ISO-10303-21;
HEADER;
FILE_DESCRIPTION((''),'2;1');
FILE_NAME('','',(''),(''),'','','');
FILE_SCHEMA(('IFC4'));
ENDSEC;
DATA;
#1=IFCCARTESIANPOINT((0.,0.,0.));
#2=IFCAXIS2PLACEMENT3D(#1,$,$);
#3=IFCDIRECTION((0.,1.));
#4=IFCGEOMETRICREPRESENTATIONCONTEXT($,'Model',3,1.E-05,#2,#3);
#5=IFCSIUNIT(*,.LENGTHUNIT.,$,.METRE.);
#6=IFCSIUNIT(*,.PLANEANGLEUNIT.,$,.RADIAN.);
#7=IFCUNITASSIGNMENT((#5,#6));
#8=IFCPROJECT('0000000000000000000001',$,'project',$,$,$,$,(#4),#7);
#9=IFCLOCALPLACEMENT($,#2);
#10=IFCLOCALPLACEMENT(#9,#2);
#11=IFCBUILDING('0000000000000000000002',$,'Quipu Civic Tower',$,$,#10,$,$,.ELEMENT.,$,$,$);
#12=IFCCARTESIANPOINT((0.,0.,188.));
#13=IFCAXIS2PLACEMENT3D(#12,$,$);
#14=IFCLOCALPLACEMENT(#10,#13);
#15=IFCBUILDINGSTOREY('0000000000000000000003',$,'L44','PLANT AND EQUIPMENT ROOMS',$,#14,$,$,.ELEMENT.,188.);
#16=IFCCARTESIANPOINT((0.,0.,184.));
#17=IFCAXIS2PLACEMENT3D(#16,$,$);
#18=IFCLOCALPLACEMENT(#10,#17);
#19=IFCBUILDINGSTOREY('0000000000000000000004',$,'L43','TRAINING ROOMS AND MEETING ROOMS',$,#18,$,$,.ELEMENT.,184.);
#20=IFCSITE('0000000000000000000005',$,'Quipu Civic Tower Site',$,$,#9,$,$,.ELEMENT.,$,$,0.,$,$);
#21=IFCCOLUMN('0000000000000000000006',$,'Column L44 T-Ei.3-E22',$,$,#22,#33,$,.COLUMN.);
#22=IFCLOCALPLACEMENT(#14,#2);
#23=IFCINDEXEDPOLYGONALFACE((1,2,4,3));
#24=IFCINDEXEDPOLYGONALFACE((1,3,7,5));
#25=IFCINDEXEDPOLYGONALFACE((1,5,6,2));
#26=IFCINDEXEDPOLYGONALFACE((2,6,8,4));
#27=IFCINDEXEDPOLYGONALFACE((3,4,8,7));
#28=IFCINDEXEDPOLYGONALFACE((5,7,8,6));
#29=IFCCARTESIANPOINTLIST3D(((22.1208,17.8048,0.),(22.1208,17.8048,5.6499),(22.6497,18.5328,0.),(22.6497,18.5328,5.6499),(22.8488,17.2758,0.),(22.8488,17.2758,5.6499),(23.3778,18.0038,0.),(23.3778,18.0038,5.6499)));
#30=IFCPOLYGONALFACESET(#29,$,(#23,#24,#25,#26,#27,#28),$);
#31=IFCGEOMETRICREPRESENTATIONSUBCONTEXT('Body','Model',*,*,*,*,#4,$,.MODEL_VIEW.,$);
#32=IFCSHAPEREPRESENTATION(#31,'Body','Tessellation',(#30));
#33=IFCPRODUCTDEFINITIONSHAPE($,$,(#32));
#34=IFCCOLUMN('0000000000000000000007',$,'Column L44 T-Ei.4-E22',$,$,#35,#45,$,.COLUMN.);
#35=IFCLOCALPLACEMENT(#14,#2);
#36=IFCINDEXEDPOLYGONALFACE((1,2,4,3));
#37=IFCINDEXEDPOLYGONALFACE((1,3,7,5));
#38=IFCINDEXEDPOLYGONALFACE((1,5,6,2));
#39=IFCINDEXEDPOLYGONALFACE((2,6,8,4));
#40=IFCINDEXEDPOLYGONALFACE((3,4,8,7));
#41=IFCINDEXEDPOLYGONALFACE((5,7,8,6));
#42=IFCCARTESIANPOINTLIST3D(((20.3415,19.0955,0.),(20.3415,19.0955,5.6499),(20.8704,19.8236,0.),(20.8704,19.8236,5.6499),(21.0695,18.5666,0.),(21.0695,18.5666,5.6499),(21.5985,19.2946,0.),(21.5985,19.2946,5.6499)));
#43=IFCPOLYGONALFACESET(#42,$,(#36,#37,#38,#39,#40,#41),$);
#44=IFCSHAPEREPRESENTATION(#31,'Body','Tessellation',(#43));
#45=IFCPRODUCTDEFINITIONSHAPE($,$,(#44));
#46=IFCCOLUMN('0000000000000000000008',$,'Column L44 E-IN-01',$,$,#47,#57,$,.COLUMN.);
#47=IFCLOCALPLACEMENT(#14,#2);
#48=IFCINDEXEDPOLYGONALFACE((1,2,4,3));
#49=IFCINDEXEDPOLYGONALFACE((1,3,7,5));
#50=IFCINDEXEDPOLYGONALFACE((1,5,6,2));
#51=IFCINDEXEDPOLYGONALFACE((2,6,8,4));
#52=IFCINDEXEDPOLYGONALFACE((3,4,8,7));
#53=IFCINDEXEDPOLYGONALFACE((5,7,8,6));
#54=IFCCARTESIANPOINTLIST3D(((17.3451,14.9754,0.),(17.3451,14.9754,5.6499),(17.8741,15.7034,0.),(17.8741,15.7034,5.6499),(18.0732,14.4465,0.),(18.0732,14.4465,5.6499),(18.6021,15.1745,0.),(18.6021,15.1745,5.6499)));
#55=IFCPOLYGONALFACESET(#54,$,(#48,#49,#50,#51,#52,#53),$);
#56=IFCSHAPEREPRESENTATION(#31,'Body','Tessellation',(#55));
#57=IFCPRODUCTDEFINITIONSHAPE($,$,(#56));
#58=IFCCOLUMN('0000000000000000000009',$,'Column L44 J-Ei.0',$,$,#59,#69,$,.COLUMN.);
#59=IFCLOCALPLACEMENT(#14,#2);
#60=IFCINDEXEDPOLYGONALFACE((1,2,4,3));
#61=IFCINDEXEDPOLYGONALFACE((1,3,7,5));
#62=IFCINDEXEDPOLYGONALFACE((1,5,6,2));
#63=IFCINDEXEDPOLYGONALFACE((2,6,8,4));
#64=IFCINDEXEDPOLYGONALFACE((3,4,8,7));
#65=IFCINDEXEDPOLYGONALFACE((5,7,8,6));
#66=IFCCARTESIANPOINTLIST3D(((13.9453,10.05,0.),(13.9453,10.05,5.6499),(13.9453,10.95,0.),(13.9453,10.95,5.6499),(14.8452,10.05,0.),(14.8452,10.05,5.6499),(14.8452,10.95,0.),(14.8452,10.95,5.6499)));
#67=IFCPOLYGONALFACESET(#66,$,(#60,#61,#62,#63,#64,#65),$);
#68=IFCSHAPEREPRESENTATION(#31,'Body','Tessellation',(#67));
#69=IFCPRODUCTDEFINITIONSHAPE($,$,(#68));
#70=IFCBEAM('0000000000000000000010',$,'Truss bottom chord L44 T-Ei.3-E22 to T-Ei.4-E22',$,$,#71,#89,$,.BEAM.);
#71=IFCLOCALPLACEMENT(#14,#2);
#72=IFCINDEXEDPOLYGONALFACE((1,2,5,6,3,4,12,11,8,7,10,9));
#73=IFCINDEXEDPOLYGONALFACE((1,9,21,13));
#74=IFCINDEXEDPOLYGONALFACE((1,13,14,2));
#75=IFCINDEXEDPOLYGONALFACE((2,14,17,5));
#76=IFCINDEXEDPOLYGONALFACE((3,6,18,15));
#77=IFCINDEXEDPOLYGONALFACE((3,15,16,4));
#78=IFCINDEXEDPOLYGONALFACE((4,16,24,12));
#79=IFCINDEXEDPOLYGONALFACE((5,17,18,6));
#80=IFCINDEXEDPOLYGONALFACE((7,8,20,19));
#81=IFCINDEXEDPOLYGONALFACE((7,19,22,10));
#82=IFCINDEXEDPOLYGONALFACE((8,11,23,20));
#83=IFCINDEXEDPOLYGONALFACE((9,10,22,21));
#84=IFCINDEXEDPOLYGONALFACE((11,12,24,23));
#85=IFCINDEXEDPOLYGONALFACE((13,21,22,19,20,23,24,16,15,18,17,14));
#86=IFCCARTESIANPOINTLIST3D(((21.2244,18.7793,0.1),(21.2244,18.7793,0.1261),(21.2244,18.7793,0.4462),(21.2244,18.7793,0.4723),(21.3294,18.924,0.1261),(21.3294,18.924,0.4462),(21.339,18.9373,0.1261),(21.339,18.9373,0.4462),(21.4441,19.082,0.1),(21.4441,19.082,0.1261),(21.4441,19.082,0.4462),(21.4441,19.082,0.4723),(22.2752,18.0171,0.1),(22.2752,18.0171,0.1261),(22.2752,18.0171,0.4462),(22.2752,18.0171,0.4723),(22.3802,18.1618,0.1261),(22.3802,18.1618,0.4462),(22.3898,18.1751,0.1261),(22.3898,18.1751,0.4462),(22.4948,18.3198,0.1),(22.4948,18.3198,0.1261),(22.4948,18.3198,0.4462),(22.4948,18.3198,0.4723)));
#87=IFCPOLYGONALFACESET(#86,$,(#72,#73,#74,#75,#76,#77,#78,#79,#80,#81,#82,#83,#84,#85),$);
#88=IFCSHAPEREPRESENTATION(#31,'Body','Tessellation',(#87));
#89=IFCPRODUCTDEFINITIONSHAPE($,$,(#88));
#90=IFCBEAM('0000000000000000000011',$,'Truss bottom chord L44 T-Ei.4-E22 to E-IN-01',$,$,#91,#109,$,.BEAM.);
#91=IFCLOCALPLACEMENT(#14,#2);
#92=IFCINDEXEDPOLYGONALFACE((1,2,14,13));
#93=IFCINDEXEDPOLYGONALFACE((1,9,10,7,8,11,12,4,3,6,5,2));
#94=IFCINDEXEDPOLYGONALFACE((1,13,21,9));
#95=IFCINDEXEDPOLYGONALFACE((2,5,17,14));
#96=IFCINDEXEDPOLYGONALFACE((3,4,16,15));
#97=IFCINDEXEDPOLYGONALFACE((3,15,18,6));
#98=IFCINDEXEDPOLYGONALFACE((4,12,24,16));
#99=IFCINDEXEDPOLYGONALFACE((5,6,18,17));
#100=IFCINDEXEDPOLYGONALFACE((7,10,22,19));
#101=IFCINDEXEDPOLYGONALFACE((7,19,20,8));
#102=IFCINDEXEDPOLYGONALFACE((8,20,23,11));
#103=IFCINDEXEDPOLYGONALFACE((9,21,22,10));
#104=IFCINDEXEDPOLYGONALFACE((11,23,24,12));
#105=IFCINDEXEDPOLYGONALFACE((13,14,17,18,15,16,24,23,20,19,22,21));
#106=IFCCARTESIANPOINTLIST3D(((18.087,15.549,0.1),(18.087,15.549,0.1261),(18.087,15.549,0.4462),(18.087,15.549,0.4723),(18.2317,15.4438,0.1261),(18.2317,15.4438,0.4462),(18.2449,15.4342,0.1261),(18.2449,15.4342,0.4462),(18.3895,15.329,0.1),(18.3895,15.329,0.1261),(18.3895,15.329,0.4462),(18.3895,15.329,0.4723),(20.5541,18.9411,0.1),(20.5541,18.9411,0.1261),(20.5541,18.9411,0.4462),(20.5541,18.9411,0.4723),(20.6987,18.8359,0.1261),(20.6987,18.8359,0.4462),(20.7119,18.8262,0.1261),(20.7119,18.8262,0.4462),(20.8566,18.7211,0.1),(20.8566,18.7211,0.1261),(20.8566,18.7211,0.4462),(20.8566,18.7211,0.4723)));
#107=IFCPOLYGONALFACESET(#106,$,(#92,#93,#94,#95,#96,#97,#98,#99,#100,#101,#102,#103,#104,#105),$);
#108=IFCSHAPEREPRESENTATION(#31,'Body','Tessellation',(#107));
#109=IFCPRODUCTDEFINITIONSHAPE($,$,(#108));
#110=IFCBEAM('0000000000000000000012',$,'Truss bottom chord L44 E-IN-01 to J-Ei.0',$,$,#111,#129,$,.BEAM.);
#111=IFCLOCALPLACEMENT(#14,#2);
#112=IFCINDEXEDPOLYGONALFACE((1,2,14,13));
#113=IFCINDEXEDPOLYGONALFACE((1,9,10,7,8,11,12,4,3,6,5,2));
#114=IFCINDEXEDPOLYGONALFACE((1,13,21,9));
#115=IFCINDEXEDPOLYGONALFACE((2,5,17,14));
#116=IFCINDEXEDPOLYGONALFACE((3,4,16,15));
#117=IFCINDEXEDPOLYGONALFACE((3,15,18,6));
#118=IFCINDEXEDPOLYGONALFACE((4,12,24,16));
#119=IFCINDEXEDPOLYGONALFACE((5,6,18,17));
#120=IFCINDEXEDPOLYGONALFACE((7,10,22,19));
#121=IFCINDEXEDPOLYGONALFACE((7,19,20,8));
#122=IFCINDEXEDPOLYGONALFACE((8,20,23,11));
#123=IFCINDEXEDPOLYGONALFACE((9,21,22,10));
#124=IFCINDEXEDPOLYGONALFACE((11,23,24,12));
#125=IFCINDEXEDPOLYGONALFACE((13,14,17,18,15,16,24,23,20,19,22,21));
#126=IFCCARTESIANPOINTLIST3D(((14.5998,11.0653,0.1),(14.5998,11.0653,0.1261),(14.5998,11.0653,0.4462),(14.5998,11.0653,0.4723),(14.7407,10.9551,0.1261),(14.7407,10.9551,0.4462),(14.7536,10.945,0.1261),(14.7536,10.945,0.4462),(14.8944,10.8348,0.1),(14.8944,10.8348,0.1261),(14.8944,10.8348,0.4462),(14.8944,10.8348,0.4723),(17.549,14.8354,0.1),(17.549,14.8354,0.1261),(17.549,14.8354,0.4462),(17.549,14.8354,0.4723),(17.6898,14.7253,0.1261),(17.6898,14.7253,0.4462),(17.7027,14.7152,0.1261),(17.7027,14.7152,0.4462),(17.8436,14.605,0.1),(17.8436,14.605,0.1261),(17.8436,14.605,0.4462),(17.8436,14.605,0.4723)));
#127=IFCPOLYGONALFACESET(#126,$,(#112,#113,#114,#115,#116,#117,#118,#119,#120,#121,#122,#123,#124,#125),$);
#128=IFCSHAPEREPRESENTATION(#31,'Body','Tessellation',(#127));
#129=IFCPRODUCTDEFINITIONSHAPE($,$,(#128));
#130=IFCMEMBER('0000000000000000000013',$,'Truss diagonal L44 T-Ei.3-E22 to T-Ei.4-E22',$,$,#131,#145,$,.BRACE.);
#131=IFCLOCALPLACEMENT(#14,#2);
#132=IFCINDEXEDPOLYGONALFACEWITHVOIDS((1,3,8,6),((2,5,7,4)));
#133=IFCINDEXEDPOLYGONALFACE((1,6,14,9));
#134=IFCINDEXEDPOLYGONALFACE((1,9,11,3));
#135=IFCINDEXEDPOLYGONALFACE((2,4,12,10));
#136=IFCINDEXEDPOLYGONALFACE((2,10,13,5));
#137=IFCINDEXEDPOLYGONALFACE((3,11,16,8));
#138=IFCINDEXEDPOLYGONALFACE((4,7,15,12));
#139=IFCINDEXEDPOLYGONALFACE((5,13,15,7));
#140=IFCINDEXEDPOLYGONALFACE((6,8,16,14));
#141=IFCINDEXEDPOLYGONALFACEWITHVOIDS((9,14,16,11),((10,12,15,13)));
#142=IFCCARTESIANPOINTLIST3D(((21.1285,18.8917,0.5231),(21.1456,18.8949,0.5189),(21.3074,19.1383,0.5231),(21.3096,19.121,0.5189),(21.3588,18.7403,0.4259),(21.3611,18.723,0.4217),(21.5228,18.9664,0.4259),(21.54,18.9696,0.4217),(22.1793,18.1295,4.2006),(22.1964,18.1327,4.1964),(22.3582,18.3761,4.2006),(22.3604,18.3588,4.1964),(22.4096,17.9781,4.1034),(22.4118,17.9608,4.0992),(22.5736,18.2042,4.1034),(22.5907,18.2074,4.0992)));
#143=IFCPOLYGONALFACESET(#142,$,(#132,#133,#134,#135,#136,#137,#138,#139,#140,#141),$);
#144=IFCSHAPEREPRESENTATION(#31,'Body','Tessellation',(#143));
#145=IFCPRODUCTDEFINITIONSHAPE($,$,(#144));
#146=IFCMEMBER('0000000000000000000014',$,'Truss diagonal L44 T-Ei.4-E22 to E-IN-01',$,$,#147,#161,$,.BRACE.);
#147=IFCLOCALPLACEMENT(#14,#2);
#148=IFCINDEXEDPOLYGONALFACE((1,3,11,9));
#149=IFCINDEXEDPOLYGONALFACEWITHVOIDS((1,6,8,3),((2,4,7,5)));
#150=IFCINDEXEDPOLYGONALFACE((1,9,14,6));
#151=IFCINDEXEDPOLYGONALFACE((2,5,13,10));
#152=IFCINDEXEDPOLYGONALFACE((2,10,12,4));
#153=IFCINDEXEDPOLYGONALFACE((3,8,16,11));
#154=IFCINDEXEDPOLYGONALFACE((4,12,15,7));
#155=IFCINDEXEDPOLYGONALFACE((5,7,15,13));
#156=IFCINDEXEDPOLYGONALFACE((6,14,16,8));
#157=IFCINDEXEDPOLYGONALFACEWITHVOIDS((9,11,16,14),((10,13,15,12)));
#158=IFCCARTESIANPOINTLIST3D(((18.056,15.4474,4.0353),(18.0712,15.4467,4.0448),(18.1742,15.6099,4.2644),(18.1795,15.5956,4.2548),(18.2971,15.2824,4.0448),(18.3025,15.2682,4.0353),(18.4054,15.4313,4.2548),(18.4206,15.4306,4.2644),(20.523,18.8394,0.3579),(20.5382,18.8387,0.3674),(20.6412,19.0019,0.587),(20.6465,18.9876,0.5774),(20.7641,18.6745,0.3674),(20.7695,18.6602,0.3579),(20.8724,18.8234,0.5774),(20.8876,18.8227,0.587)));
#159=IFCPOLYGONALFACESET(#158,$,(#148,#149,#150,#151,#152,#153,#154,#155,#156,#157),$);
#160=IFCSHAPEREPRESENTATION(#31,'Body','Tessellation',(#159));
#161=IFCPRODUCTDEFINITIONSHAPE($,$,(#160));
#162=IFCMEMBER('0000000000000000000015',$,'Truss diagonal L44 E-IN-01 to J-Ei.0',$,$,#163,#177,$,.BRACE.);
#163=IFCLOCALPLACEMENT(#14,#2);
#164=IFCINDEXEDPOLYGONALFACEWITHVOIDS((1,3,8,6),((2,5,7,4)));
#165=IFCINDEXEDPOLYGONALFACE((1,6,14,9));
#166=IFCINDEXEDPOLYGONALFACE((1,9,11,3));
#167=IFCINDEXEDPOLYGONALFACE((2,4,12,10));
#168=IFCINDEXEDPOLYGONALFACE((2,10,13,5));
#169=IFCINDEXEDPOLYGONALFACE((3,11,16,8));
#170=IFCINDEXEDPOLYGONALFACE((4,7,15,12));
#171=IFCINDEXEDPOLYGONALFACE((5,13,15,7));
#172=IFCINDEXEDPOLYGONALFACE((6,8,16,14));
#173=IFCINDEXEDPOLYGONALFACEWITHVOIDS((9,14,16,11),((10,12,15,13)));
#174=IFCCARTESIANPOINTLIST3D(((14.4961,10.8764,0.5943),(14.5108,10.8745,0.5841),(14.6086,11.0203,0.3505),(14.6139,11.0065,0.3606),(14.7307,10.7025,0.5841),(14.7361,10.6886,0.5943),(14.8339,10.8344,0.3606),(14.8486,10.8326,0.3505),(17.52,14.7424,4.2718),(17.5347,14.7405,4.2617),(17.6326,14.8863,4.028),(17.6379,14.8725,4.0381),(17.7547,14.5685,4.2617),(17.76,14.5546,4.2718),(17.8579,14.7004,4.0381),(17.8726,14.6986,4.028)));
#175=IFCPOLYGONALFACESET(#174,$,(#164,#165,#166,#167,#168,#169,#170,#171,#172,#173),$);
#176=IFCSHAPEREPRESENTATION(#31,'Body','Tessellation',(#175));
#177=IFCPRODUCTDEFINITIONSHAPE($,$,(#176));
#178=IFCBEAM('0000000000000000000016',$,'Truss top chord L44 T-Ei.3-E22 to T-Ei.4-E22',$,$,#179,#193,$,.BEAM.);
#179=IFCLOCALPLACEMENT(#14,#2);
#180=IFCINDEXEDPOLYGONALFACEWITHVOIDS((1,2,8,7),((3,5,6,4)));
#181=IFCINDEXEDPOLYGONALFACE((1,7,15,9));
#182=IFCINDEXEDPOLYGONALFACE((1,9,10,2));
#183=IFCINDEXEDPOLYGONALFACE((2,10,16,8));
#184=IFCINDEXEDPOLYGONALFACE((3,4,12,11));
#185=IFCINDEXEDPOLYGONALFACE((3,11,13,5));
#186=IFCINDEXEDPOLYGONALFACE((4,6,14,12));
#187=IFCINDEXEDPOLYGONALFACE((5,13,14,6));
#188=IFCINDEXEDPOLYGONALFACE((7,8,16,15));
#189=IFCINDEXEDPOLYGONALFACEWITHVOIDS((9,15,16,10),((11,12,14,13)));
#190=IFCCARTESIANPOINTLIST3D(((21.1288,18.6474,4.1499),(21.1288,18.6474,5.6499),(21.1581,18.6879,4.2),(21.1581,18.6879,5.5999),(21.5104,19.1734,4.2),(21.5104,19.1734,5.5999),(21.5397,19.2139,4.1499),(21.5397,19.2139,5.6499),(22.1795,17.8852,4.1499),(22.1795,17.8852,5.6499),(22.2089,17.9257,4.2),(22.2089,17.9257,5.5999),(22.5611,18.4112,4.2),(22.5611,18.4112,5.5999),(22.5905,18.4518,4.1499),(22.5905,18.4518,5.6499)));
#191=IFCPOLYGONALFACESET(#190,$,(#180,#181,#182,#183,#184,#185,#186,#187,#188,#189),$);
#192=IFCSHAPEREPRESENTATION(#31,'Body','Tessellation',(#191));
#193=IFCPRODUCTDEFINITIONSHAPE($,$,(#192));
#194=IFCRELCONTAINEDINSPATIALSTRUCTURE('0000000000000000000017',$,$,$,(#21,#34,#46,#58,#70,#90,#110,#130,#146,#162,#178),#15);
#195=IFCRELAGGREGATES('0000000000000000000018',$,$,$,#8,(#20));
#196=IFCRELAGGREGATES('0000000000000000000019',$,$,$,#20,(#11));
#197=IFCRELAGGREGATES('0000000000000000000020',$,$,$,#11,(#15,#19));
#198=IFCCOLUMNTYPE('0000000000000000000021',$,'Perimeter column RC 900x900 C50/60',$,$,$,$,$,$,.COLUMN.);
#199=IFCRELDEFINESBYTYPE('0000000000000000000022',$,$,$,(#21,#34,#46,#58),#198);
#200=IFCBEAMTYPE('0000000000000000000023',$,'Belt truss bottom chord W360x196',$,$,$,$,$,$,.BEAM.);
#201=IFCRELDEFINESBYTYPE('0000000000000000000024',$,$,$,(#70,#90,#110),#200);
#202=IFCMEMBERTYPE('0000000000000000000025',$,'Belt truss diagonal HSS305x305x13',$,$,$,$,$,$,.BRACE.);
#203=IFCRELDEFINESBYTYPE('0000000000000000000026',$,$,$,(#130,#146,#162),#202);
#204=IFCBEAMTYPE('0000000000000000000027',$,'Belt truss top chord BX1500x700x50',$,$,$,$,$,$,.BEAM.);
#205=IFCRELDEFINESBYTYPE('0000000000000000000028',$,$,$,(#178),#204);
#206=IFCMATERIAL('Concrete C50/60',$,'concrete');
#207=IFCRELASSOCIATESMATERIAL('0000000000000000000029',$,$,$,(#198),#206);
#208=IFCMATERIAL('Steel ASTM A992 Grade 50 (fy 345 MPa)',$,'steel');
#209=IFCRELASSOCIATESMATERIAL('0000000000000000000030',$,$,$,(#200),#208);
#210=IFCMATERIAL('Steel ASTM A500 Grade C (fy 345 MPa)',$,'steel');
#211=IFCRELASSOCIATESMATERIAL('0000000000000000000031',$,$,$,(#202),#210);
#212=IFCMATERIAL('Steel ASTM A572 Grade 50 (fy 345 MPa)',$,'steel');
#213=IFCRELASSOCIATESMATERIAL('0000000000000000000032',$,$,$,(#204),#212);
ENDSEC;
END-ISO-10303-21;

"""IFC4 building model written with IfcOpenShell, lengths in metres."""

from ifc_helpers import new_model, si_unit, direction, frame, origin, origin_2d, place, context, subcontext, project, spatial, rectangle, hollow_rectangle, i_section, extrude, material, material_profile, profile_set, type_object, element, save


model = new_model("IFC4")

# Units and contexts
model_context = context("Model", 3, precision=1e-05, world=origin(), true_north=direction((0.0, 1.0)))
body_context = subcontext(model_context, "Body", "Model", "MODEL_VIEW")
ifc_project = project(units=[si_unit("LENGTHUNIT", "METRE"), si_unit("PLANEANGLEUNIT", "RADIAN")], contexts=[model_context])

# Site, building, storey
site_placement = place(None, origin())
site = spatial("IfcSite", under=ifc_project, at=site_placement, Name="Quipu Civic Tower Site", CompositionType="ELEMENT", RefElevation=0.0)
building_placement = place(site_placement, origin())
building = spatial("IfcBuilding", under=site, at=building_placement, Name="Quipu Civic Tower", CompositionType="ELEMENT")
storey_1_placement = place(building_placement, frame((0.0, 0.0, 188.0)))
storey_1 = spatial("IfcBuildingStorey", under=building, at=storey_1_placement, Name="L44", Description="PLANT AND EQUIPMENT ROOMS", CompositionType="ELEMENT", Elevation=188.0)

# Columns
ifc_material_1 = material(Name="Concrete C50/60", Category="concrete")
ifc_material_profile_1 = material_profile(ifc_material_1, rectangle(XDim=0.8999, YDim=0.8999, at=origin_2d()), Name="RC900x900")
ifc_profile_set_1 = profile_set([ifc_material_profile_1], Name="Concrete C50/60")
column_type = type_object("IfcColumnType", Name="Perimeter column RC 900x900 C50/60", PredefinedType="COLUMN", material=ifc_profile_set_1)
for number, where, z_axis, x_axis, name in (
    (1, (22.7493, 17.9043, 0.0), (0.0, 0.0, 1.0), (-0.587785, -0.809017, 0.0), "Column L44 T-Ei.3-E22"),
    (2, (20.97, 19.1951, 0.0), (0.0, 0.0, 1.0), (-0.587785, -0.809017, 0.0), "Column L44 T-Ei.4-E22"),
    (3, (17.9736, 15.075, 0.0), (0.0, 0.0, 1.0), (-0.587785, -0.809017, 0.0), "Column L44 E-IN-01"),
    (4, (14.3953, 10.5, 0.0), (0.0, 0.0, 1.0), (-1.0, 0.0, 0.0), "Column L44 J-Ei.0"),
):
    element("IfcColumn", number, at=place(storey_1_placement, frame(where, z_axis=z_axis, x_axis=x_axis)), inside=storey_1, type_object=column_type, Name=name, PredefinedType="COLUMN", context=body_context, shape_type="SweptSolid", body=[
        extrude(rectangle(XDim=0.8999, YDim=0.8999, at=origin_2d()), origin(), (0.0, 0.0, 1.0), 5.6499),
    ])

# Beams
ifc_material_2 = material(Name="Steel ASTM A992 Grade 50 (fy 345 MPa)", Category="steel")
ifc_material_profile_2 = material_profile(ifc_material_2, i_section(OverallWidth=0.374, OverallDepth=0.3723, WebThickness=0.0164, FlangeThickness=0.0261, at=origin_2d()), Name="W360x196")
ifc_profile_set_2 = profile_set([ifc_material_profile_2], Name="Steel ASTM A992 Grade 50 (fy 345 MPa)")
beam_type_1 = type_object("IfcBeamType", Name="Belt truss bottom chord W360x196", PredefinedType="BEAM", material=ifc_profile_set_2)
beam_1_placement = place(storey_1_placement, frame((22.385, 18.1685, 0.2861), z_axis=(-0.809467, 0.587165, 0.0), x_axis=(-0.587165, -0.809467, 0.0)))
element("IfcBeam", 5, at=beam_1_placement, inside=storey_1, type_object=beam_type_1, Name="Truss bottom chord L44 T-Ei.3-E22 to T-Ei.4-E22", PredefinedType="BEAM", context=body_context, shape_type="SweptSolid", body=[
    extrude(i_section(OverallWidth=0.374, OverallDepth=0.3723, WebThickness=0.0164, FlangeThickness=0.0261, at=origin_2d()), origin(), (0.0, 0.0, 1.0), 1.2981),
])
beam_2_placement = place(storey_1_placement, frame((20.7053, 18.8311, 0.2861), z_axis=(-0.588182, -0.808729, 0.0), x_axis=(0.808729, -0.588182, 0.0)))
element("IfcBeam", 6, at=beam_2_placement, inside=storey_1, type_object=beam_type_1, Name="Truss bottom chord L44 T-Ei.4-E22 to E-IN-01", PredefinedType="BEAM", context=body_context, shape_type="SweptSolid", body=[
    extrude(i_section(OverallWidth=0.374, OverallDepth=0.3723, WebThickness=0.0164, FlangeThickness=0.0261, at=origin_2d()), origin(), (0.0, 0.0, 1.0), 4.1943),
])
beam_3_placement = place(storey_1_placement, frame((17.6963, 14.7202, 0.2861), z_axis=(-0.616124, -0.787649, 0.0), x_axis=(0.787649, -0.616124, 0.0)))
element("IfcBeam", 7, at=beam_3_placement, inside=storey_1, type_object=beam_type_1, Name="Truss bottom chord L44 E-IN-01 to J-Ei.0", PredefinedType="BEAM", context=body_context, shape_type="SweptSolid", body=[
    extrude(i_section(OverallWidth=0.374, OverallDepth=0.3723, WebThickness=0.0164, FlangeThickness=0.0261, at=origin_2d()), origin(), (0.0, 0.0, 1.0), 4.7866),
])

# Members
ifc_material_3 = material(Name="Steel ASTM A500 Grade C (fy 345 MPa)", Category="steel")
ifc_material_profile_3 = material_profile(ifc_material_3, hollow_rectangle(XDim=0.3047, YDim=0.3047, WallThickness=0.0127, at=origin_2d()), Name="HSS305x305x13")
ifc_profile_set_3 = profile_set([ifc_material_profile_3], Name="Steel ASTM A500 Grade C (fy 345 MPa)")
member_type_1 = type_object("IfcMemberType", Name="Belt truss diagonal HSS305x305x13", PredefinedType="BRACE", material=ifc_profile_set_3)
member_1_placement = place(storey_1_placement, frame((22.385, 18.1685, 4.1499), z_axis=(-0.26944, 0.195444, -0.942976), x_axis=(-0.587165, -0.809467, 0.0)))
element("IfcMember", 8, at=member_1_placement, inside=storey_1, type_object=member_type_1, Name="Truss diagonal L44 T-Ei.3-E22 to T-Ei.4-E22", PredefinedType="BRACE", context=body_context, shape_type="SweptSolid", body=[
    extrude(hollow_rectangle(XDim=0.3047, YDim=0.3047, WallThickness=0.0127, at=origin_2d()), origin(), (0.0, 0.0, 1.0), 3.8999),
])
member_2_placement = place(storey_1_placement, frame((20.7053, 18.8311, 0.4724), z_axis=(-0.442263, -0.608096, 0.659259), x_axis=(0.808729, -0.588182, 0.0)))
element("IfcMember", 9, at=member_2_placement, inside=storey_1, type_object=member_type_1, Name="Truss diagonal L44 T-Ei.4-E22 to E-IN-01", PredefinedType="BRACE", context=body_context, shape_type="SweptSolid", body=[
    extrude(hollow_rectangle(XDim=0.3047, YDim=0.3047, WallThickness=0.0127, at=origin_2d()), origin(), (0.0, 0.0, 1.0), 5.5781),
])
member_3_placement = place(storey_1_placement, frame((17.6963, 14.7205, 4.1499), z_axis=(-0.493058, -0.630354, -0.599623), x_axis=(0.787665, -0.616104, 0.0)))
element("IfcMember", 10, at=member_3_placement, inside=storey_1, type_object=member_type_1, Name="Truss diagonal L44 E-IN-01 to J-Ei.0", PredefinedType="BRACE", context=body_context, shape_type="SweptSolid", body=[
    extrude(hollow_rectangle(XDim=0.3047, YDim=0.3047, WallThickness=0.0127, at=origin_2d()), origin(), (0.0, 0.0, 1.0), 6.1331),
])

# Beam
ifc_material_4 = material(Name="Steel ASTM A572 Grade 50 (fy 345 MPa)", Category="steel")
ifc_material_profile_4 = material_profile(ifc_material_4, hollow_rectangle(XDim=0.7, YDim=1.5, WallThickness=0.05, at=origin_2d()), Name="BX1500x700x50")
ifc_profile_set_4 = profile_set([ifc_material_profile_4], Name="Steel ASTM A572 Grade 50 (fy 345 MPa)")
beam_type_2 = type_object("IfcBeamType", Name="Belt truss top chord BX1500x700x50", PredefinedType="BEAM", material=ifc_profile_set_4)
beam_4_placement = place(storey_1_placement, frame((22.385, 18.1685, 4.8999), z_axis=(-0.809467, 0.587165, 0.0), x_axis=(-0.587165, -0.809467, 0.0)))
element("IfcBeam", 11, at=beam_4_placement, inside=storey_1, type_object=beam_type_2, Name="Truss top chord L44 T-Ei.3-E22 to T-Ei.4-E22", PredefinedType="BEAM", context=body_context, shape_type="SweptSolid", body=[
    extrude(hollow_rectangle(XDim=0.7, YDim=1.5, WallThickness=0.05, at=origin_2d()), origin(), (0.0, 0.0, 1.0), 1.2981),
])

# Shared definitions
storey_2_placement = place(building_placement, frame((0.0, 0.0, 184.0)))
storey_2 = spatial("IfcBuildingStorey", under=building, at=storey_2_placement, Name="L43", Description="TRAINING ROOMS AND MEETING ROOMS", CompositionType="ELEMENT", Elevation=184.0)

save(model, "model.ifc")
